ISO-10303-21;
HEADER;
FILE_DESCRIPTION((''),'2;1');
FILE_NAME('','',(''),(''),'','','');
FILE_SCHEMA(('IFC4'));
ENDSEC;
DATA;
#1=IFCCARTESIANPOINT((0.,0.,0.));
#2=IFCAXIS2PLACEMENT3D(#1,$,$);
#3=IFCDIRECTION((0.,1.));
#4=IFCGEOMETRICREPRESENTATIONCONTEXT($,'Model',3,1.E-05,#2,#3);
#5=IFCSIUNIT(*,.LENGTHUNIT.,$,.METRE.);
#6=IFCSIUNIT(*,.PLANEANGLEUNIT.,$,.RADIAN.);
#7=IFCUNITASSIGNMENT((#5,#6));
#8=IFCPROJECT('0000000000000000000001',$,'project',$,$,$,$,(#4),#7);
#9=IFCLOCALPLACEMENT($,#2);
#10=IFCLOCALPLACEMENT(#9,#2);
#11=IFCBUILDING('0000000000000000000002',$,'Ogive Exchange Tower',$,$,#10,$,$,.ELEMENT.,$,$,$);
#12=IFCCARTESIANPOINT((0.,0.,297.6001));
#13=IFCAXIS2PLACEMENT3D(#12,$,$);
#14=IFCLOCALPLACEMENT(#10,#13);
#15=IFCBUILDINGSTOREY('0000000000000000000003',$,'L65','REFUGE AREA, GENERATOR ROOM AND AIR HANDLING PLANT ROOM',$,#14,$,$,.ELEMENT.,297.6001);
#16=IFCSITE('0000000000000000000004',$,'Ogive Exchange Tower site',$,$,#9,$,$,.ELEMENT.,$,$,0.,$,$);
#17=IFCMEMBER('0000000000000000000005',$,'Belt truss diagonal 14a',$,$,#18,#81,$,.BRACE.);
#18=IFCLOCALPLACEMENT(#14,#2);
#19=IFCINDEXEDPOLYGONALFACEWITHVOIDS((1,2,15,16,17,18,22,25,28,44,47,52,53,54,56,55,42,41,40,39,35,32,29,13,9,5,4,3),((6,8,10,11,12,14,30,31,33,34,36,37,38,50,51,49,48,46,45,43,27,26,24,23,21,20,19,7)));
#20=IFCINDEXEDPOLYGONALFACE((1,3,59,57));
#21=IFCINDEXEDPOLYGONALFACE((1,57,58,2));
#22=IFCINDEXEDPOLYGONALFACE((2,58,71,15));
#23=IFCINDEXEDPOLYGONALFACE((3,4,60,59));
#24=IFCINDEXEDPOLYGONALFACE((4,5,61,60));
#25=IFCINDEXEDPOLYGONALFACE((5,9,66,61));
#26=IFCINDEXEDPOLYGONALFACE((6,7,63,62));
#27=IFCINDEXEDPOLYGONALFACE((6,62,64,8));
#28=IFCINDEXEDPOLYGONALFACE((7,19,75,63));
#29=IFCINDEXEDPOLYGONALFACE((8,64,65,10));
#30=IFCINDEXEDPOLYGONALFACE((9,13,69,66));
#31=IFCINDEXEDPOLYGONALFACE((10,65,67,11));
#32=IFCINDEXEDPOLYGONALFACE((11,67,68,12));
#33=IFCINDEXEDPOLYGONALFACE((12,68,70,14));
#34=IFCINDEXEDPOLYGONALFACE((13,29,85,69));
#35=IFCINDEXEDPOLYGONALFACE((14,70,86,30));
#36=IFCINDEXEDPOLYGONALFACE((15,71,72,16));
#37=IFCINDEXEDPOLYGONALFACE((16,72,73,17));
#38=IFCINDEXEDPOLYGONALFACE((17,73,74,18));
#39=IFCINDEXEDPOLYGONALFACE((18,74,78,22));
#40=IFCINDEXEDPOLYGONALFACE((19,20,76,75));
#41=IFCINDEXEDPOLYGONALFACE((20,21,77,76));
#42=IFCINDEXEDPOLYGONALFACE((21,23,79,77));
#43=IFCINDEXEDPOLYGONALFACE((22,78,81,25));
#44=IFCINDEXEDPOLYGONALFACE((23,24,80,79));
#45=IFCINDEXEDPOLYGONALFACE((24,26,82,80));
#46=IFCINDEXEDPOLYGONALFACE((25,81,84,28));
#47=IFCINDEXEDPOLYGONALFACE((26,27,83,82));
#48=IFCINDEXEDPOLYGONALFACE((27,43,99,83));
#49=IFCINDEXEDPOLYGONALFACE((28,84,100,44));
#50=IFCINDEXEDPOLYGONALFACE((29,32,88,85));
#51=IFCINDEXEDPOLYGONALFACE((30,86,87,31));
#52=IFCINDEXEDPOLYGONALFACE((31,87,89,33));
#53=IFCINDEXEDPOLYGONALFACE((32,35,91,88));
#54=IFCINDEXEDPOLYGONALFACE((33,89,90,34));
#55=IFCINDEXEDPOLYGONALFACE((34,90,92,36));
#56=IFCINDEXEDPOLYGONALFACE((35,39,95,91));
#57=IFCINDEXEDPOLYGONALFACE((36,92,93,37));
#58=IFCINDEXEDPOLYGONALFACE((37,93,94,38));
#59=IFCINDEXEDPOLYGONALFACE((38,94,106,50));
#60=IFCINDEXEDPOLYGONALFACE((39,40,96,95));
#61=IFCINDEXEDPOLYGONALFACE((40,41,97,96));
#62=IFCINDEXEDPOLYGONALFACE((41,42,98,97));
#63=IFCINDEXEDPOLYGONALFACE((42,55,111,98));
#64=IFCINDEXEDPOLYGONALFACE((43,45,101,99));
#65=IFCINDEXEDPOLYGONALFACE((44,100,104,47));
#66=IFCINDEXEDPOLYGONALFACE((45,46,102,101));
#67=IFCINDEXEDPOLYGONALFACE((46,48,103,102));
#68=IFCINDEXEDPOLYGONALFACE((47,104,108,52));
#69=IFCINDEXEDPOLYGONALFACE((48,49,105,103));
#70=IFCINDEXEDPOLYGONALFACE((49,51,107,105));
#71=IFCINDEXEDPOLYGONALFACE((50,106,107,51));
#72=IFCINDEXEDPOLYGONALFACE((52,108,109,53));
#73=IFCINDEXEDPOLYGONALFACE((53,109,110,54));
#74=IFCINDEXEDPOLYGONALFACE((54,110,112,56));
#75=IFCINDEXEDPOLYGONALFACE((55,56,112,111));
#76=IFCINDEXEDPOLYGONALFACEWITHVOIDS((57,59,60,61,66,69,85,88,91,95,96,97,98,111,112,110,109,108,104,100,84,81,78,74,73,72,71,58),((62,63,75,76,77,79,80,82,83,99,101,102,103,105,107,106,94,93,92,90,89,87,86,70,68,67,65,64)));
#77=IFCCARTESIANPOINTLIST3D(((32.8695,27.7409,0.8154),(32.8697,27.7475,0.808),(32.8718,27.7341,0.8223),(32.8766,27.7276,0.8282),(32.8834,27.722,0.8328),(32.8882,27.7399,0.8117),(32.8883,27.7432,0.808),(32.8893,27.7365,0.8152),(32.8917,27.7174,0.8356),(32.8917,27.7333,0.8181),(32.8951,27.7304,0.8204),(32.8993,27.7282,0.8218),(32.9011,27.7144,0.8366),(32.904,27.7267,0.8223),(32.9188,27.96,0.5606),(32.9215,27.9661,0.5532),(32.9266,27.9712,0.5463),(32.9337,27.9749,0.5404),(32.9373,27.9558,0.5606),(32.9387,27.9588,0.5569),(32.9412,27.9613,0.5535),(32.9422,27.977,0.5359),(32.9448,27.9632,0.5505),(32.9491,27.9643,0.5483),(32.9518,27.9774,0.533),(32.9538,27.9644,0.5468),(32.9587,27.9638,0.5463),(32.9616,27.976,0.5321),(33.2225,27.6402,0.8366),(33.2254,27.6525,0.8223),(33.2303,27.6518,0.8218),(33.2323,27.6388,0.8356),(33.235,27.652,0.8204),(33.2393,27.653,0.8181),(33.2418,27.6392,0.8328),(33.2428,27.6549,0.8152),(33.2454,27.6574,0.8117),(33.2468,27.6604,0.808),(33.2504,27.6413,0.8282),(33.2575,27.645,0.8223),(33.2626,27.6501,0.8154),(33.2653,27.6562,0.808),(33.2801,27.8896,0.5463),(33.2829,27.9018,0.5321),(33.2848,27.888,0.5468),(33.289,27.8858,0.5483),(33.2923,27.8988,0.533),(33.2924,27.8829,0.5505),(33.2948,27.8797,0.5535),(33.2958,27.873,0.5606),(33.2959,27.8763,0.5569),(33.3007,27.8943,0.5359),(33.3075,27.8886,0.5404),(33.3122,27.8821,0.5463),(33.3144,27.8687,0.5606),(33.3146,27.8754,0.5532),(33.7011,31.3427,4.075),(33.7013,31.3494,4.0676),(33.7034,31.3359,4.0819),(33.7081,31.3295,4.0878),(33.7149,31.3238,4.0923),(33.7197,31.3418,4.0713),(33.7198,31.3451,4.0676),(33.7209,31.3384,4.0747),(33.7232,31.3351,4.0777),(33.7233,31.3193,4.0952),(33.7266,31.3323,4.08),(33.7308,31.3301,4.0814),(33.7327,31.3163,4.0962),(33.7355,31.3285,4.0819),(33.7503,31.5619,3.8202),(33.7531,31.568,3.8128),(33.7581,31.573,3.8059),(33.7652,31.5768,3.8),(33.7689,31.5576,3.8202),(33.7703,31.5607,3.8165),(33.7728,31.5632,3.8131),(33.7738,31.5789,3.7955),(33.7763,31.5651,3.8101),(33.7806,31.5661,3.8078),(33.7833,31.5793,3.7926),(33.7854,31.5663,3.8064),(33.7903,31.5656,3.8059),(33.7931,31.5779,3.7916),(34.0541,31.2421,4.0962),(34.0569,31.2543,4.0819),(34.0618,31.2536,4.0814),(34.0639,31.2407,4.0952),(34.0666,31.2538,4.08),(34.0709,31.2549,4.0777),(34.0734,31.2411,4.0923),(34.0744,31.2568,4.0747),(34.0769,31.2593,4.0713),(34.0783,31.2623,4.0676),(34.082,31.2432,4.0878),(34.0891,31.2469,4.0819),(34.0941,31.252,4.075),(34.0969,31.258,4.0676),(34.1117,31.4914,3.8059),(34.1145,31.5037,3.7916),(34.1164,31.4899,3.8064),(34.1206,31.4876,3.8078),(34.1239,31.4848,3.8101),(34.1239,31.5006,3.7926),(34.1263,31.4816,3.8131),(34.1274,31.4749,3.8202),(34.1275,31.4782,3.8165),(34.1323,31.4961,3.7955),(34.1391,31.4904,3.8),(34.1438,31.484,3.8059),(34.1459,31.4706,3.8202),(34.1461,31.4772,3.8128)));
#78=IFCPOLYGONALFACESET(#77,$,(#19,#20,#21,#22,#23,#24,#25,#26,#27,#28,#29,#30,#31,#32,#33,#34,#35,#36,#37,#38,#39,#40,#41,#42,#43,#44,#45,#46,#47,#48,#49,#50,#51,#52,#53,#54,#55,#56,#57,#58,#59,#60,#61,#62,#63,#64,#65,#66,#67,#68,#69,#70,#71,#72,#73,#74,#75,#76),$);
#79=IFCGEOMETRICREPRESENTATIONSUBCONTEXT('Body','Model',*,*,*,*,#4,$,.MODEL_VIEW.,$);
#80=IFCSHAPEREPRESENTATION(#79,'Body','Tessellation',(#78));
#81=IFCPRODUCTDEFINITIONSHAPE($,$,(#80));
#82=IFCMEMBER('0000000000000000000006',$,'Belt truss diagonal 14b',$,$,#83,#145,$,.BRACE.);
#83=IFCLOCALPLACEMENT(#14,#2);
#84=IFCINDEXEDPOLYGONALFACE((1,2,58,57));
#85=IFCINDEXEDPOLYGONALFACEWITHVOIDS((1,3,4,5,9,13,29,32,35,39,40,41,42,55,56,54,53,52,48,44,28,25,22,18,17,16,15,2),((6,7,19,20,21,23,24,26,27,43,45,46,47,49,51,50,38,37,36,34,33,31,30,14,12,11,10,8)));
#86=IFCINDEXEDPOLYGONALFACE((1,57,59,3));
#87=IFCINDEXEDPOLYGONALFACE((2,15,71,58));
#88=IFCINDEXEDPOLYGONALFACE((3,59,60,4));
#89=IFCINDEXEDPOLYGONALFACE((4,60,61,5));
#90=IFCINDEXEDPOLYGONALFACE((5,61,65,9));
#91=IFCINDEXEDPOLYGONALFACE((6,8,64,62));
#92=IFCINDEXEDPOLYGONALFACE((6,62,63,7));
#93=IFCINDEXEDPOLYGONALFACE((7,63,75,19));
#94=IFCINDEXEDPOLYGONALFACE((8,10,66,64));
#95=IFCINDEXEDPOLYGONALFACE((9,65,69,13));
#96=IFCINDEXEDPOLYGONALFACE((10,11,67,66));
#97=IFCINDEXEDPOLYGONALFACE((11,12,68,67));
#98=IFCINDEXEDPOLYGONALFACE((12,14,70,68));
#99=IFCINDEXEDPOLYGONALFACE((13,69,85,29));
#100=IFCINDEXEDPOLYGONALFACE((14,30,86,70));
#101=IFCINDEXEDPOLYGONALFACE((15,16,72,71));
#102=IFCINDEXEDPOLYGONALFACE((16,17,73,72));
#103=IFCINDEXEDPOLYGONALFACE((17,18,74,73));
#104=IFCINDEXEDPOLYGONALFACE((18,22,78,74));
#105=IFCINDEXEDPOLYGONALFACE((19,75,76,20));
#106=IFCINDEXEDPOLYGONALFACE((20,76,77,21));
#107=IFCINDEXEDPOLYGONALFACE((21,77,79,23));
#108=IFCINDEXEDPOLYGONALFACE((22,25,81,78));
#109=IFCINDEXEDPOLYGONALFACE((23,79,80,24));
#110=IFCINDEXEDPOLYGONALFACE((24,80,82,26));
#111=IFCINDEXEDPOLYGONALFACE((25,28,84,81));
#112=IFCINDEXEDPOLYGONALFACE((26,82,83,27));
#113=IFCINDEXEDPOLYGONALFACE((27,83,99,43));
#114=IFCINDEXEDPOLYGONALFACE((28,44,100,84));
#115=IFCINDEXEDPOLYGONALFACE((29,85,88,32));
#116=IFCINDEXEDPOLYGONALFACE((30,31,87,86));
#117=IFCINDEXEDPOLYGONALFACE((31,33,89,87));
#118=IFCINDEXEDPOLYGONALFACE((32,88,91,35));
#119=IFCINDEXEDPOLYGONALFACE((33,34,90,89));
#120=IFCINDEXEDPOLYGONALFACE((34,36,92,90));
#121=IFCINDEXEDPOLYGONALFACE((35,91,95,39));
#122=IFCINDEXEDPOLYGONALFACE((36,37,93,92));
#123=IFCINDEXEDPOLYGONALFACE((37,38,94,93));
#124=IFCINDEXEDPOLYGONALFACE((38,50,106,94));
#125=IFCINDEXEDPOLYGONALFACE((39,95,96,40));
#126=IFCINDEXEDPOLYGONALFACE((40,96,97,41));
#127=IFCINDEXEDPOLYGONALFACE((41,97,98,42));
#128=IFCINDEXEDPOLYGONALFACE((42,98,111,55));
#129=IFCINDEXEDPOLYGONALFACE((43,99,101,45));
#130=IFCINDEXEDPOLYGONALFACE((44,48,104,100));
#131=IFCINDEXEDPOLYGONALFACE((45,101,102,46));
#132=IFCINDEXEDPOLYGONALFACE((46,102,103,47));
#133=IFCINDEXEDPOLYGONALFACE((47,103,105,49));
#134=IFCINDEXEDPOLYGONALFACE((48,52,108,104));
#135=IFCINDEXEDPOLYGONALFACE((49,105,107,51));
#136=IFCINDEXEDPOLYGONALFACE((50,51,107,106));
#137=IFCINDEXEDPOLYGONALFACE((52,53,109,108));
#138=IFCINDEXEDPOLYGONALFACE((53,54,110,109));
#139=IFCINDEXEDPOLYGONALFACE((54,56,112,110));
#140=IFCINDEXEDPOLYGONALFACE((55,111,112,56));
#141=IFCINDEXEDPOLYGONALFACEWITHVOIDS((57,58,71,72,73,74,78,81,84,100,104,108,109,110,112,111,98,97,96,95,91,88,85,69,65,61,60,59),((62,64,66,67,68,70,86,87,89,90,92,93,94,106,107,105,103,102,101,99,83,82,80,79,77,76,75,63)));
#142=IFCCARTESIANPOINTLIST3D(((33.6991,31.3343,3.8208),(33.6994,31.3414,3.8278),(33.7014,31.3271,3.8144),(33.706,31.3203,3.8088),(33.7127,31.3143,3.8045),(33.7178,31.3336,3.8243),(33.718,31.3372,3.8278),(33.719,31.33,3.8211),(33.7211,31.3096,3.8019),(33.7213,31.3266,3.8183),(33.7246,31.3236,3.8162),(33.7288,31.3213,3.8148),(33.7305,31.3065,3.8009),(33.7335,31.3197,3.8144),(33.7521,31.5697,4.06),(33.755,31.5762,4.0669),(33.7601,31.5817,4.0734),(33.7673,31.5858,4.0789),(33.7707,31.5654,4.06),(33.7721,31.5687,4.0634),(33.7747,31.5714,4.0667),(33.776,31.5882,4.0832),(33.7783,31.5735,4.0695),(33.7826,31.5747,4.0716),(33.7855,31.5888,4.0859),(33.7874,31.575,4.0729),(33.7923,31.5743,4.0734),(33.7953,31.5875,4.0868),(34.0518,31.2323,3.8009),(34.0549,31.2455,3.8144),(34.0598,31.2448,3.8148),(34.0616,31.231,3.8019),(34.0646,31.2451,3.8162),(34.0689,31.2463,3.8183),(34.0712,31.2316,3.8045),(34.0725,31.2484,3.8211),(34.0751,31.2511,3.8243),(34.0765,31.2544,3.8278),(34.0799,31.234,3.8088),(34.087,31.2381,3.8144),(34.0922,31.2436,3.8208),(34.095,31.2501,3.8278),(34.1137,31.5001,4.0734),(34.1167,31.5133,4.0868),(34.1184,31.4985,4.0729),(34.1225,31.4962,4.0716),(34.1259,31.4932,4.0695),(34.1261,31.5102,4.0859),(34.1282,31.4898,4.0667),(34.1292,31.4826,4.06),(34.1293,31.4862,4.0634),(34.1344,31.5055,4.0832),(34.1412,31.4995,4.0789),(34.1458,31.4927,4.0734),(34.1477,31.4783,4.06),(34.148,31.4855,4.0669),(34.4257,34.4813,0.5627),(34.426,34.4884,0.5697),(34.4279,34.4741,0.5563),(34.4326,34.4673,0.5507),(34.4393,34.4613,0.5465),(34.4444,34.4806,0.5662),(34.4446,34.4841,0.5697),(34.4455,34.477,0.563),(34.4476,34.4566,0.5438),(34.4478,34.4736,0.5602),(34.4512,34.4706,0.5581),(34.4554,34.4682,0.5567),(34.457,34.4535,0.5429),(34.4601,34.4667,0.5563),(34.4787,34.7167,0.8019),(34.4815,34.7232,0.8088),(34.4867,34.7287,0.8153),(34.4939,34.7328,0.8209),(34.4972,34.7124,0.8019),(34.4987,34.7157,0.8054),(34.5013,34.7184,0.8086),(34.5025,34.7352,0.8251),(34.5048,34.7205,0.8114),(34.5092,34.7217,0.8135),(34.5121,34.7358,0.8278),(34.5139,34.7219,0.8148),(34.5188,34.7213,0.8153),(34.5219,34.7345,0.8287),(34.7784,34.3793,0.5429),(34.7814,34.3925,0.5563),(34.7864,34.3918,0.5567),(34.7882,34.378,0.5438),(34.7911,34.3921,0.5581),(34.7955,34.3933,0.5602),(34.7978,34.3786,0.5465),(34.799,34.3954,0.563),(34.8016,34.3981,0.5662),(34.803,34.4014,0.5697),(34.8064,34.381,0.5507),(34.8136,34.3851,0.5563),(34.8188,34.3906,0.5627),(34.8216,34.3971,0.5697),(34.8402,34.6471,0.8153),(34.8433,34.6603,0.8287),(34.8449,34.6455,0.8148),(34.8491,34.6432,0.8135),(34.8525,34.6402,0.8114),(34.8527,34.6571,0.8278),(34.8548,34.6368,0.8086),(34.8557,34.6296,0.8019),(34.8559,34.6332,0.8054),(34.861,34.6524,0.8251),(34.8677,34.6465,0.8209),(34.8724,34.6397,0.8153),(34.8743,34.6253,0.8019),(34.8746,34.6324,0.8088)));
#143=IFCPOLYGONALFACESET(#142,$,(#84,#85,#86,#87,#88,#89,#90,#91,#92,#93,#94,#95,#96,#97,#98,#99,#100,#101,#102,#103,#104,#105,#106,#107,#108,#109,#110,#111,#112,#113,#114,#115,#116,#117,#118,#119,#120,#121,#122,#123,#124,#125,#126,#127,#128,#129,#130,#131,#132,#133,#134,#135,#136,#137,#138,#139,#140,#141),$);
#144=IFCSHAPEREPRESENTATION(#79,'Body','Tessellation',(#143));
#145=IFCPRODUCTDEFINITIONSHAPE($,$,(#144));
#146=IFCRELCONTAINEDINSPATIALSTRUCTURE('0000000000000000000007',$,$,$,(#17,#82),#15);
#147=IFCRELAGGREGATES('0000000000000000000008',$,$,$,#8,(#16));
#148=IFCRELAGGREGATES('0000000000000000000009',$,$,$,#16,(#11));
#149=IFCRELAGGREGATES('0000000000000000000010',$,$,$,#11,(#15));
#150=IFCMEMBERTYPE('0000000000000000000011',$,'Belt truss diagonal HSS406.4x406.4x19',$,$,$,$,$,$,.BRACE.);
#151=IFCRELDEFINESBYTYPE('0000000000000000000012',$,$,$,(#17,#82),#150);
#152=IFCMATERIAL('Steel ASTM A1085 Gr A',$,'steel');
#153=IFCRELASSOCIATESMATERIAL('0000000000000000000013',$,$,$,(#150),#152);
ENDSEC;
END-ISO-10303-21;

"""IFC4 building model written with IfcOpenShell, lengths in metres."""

from ifc_helpers import new_model, si_unit, direction, frame, origin, origin_2d, place, context, subcontext, project, spatial, hollow_rectangle, extrude, material, material_profile, profile_set, type_object, element, save


model = new_model("IFC4")

# Units and contexts
model_context = context("Model", 3, precision=1e-05, world=origin(), true_north=direction((0.0, 1.0)))
body_context = subcontext(model_context, "Body", "Model", "MODEL_VIEW")
ifc_project = project(units=[si_unit("LENGTHUNIT", "METRE"), si_unit("PLANEANGLEUNIT", "RADIAN")], contexts=[model_context])

# Site, building, storey
site_placement = place(None, origin())
site = spatial("IfcSite", under=ifc_project, at=site_placement, Name="Ogive Exchange Tower site", CompositionType="ELEMENT", RefElevation=0.0)
building_placement = place(site_placement, origin())
building = spatial("IfcBuilding", under=site, at=building_placement, Name="Ogive Exchange Tower", CompositionType="ELEMENT")
storey_placement = place(building_placement, frame((0.0, 0.0, 297.6001)))
storey = spatial("IfcBuildingStorey", under=building, at=storey_placement, Name="L65", Description="REFUGE AREA, GENERATOR ROOM AND AIR HANDLING PLANT ROOM", CompositionType="ELEMENT", Elevation=297.6001)

# Members
ifc_material_1 = material(Name="Steel ASTM A1085 Gr A", Category="steel")
ifc_material_profile_1 = material_profile(ifc_material_1, hollow_rectangle(XDim=0.406, YDim=0.406, WallThickness=0.019, InnerFilletRadius=0.019, OuterFilletRadius=0.0381, at=origin_2d()), Name="HSS406.4x406.4x19")
ifc_profile_set_1 = profile_set([ifc_material_profile_1], Name="Steel ASTM A1085 Gr A")
member_type_1 = type_object("IfcMemberType", Name="Belt truss diagonal HSS406.4x406.4x19", PredefinedType="BRACE", material=ifc_profile_set_1)
member_1_placement = place(storey_placement, frame((33.092, 27.8081, 0.6843), z_axis=(0.168725, 0.730829, 0.661378), x_axis=(-0.97437, 0.224951, 0.0)))
element("IfcMember", 1, at=member_1_placement, inside=storey, type_object=member_type_1, Name="Belt truss diagonal 14a", PredefinedType="BRACE", context=body_context, shape_type="SweptSolid", body=[
    extrude(hollow_rectangle(XDim=0.406, YDim=0.406, WallThickness=0.019, InnerFilletRadius=0.019, OuterFilletRadius=0.0381, at=origin_2d()), origin(), (0.0, 0.0, 1.0), 4.9285),
])
member_2_placement = place(storey_placement, frame((34.6501, 34.5569, 0.6858), z_axis=(-0.158375, -0.685971, 0.710184), x_axis=(0.974368, -0.224959, 0.0)))
element("IfcMember", 2, at=member_2_placement, inside=storey, type_object=member_type_1, Name="Belt truss diagonal 14b", PredefinedType="BRACE", context=body_context, shape_type="SweptSolid", body=[
    extrude(hollow_rectangle(XDim=0.406, YDim=0.406, WallThickness=0.019, InnerFilletRadius=0.019, OuterFilletRadius=0.0381, at=origin_2d()), origin(), (0.0, 0.0, 1.0), 4.5876),
])

save(model, "model.ifc")
